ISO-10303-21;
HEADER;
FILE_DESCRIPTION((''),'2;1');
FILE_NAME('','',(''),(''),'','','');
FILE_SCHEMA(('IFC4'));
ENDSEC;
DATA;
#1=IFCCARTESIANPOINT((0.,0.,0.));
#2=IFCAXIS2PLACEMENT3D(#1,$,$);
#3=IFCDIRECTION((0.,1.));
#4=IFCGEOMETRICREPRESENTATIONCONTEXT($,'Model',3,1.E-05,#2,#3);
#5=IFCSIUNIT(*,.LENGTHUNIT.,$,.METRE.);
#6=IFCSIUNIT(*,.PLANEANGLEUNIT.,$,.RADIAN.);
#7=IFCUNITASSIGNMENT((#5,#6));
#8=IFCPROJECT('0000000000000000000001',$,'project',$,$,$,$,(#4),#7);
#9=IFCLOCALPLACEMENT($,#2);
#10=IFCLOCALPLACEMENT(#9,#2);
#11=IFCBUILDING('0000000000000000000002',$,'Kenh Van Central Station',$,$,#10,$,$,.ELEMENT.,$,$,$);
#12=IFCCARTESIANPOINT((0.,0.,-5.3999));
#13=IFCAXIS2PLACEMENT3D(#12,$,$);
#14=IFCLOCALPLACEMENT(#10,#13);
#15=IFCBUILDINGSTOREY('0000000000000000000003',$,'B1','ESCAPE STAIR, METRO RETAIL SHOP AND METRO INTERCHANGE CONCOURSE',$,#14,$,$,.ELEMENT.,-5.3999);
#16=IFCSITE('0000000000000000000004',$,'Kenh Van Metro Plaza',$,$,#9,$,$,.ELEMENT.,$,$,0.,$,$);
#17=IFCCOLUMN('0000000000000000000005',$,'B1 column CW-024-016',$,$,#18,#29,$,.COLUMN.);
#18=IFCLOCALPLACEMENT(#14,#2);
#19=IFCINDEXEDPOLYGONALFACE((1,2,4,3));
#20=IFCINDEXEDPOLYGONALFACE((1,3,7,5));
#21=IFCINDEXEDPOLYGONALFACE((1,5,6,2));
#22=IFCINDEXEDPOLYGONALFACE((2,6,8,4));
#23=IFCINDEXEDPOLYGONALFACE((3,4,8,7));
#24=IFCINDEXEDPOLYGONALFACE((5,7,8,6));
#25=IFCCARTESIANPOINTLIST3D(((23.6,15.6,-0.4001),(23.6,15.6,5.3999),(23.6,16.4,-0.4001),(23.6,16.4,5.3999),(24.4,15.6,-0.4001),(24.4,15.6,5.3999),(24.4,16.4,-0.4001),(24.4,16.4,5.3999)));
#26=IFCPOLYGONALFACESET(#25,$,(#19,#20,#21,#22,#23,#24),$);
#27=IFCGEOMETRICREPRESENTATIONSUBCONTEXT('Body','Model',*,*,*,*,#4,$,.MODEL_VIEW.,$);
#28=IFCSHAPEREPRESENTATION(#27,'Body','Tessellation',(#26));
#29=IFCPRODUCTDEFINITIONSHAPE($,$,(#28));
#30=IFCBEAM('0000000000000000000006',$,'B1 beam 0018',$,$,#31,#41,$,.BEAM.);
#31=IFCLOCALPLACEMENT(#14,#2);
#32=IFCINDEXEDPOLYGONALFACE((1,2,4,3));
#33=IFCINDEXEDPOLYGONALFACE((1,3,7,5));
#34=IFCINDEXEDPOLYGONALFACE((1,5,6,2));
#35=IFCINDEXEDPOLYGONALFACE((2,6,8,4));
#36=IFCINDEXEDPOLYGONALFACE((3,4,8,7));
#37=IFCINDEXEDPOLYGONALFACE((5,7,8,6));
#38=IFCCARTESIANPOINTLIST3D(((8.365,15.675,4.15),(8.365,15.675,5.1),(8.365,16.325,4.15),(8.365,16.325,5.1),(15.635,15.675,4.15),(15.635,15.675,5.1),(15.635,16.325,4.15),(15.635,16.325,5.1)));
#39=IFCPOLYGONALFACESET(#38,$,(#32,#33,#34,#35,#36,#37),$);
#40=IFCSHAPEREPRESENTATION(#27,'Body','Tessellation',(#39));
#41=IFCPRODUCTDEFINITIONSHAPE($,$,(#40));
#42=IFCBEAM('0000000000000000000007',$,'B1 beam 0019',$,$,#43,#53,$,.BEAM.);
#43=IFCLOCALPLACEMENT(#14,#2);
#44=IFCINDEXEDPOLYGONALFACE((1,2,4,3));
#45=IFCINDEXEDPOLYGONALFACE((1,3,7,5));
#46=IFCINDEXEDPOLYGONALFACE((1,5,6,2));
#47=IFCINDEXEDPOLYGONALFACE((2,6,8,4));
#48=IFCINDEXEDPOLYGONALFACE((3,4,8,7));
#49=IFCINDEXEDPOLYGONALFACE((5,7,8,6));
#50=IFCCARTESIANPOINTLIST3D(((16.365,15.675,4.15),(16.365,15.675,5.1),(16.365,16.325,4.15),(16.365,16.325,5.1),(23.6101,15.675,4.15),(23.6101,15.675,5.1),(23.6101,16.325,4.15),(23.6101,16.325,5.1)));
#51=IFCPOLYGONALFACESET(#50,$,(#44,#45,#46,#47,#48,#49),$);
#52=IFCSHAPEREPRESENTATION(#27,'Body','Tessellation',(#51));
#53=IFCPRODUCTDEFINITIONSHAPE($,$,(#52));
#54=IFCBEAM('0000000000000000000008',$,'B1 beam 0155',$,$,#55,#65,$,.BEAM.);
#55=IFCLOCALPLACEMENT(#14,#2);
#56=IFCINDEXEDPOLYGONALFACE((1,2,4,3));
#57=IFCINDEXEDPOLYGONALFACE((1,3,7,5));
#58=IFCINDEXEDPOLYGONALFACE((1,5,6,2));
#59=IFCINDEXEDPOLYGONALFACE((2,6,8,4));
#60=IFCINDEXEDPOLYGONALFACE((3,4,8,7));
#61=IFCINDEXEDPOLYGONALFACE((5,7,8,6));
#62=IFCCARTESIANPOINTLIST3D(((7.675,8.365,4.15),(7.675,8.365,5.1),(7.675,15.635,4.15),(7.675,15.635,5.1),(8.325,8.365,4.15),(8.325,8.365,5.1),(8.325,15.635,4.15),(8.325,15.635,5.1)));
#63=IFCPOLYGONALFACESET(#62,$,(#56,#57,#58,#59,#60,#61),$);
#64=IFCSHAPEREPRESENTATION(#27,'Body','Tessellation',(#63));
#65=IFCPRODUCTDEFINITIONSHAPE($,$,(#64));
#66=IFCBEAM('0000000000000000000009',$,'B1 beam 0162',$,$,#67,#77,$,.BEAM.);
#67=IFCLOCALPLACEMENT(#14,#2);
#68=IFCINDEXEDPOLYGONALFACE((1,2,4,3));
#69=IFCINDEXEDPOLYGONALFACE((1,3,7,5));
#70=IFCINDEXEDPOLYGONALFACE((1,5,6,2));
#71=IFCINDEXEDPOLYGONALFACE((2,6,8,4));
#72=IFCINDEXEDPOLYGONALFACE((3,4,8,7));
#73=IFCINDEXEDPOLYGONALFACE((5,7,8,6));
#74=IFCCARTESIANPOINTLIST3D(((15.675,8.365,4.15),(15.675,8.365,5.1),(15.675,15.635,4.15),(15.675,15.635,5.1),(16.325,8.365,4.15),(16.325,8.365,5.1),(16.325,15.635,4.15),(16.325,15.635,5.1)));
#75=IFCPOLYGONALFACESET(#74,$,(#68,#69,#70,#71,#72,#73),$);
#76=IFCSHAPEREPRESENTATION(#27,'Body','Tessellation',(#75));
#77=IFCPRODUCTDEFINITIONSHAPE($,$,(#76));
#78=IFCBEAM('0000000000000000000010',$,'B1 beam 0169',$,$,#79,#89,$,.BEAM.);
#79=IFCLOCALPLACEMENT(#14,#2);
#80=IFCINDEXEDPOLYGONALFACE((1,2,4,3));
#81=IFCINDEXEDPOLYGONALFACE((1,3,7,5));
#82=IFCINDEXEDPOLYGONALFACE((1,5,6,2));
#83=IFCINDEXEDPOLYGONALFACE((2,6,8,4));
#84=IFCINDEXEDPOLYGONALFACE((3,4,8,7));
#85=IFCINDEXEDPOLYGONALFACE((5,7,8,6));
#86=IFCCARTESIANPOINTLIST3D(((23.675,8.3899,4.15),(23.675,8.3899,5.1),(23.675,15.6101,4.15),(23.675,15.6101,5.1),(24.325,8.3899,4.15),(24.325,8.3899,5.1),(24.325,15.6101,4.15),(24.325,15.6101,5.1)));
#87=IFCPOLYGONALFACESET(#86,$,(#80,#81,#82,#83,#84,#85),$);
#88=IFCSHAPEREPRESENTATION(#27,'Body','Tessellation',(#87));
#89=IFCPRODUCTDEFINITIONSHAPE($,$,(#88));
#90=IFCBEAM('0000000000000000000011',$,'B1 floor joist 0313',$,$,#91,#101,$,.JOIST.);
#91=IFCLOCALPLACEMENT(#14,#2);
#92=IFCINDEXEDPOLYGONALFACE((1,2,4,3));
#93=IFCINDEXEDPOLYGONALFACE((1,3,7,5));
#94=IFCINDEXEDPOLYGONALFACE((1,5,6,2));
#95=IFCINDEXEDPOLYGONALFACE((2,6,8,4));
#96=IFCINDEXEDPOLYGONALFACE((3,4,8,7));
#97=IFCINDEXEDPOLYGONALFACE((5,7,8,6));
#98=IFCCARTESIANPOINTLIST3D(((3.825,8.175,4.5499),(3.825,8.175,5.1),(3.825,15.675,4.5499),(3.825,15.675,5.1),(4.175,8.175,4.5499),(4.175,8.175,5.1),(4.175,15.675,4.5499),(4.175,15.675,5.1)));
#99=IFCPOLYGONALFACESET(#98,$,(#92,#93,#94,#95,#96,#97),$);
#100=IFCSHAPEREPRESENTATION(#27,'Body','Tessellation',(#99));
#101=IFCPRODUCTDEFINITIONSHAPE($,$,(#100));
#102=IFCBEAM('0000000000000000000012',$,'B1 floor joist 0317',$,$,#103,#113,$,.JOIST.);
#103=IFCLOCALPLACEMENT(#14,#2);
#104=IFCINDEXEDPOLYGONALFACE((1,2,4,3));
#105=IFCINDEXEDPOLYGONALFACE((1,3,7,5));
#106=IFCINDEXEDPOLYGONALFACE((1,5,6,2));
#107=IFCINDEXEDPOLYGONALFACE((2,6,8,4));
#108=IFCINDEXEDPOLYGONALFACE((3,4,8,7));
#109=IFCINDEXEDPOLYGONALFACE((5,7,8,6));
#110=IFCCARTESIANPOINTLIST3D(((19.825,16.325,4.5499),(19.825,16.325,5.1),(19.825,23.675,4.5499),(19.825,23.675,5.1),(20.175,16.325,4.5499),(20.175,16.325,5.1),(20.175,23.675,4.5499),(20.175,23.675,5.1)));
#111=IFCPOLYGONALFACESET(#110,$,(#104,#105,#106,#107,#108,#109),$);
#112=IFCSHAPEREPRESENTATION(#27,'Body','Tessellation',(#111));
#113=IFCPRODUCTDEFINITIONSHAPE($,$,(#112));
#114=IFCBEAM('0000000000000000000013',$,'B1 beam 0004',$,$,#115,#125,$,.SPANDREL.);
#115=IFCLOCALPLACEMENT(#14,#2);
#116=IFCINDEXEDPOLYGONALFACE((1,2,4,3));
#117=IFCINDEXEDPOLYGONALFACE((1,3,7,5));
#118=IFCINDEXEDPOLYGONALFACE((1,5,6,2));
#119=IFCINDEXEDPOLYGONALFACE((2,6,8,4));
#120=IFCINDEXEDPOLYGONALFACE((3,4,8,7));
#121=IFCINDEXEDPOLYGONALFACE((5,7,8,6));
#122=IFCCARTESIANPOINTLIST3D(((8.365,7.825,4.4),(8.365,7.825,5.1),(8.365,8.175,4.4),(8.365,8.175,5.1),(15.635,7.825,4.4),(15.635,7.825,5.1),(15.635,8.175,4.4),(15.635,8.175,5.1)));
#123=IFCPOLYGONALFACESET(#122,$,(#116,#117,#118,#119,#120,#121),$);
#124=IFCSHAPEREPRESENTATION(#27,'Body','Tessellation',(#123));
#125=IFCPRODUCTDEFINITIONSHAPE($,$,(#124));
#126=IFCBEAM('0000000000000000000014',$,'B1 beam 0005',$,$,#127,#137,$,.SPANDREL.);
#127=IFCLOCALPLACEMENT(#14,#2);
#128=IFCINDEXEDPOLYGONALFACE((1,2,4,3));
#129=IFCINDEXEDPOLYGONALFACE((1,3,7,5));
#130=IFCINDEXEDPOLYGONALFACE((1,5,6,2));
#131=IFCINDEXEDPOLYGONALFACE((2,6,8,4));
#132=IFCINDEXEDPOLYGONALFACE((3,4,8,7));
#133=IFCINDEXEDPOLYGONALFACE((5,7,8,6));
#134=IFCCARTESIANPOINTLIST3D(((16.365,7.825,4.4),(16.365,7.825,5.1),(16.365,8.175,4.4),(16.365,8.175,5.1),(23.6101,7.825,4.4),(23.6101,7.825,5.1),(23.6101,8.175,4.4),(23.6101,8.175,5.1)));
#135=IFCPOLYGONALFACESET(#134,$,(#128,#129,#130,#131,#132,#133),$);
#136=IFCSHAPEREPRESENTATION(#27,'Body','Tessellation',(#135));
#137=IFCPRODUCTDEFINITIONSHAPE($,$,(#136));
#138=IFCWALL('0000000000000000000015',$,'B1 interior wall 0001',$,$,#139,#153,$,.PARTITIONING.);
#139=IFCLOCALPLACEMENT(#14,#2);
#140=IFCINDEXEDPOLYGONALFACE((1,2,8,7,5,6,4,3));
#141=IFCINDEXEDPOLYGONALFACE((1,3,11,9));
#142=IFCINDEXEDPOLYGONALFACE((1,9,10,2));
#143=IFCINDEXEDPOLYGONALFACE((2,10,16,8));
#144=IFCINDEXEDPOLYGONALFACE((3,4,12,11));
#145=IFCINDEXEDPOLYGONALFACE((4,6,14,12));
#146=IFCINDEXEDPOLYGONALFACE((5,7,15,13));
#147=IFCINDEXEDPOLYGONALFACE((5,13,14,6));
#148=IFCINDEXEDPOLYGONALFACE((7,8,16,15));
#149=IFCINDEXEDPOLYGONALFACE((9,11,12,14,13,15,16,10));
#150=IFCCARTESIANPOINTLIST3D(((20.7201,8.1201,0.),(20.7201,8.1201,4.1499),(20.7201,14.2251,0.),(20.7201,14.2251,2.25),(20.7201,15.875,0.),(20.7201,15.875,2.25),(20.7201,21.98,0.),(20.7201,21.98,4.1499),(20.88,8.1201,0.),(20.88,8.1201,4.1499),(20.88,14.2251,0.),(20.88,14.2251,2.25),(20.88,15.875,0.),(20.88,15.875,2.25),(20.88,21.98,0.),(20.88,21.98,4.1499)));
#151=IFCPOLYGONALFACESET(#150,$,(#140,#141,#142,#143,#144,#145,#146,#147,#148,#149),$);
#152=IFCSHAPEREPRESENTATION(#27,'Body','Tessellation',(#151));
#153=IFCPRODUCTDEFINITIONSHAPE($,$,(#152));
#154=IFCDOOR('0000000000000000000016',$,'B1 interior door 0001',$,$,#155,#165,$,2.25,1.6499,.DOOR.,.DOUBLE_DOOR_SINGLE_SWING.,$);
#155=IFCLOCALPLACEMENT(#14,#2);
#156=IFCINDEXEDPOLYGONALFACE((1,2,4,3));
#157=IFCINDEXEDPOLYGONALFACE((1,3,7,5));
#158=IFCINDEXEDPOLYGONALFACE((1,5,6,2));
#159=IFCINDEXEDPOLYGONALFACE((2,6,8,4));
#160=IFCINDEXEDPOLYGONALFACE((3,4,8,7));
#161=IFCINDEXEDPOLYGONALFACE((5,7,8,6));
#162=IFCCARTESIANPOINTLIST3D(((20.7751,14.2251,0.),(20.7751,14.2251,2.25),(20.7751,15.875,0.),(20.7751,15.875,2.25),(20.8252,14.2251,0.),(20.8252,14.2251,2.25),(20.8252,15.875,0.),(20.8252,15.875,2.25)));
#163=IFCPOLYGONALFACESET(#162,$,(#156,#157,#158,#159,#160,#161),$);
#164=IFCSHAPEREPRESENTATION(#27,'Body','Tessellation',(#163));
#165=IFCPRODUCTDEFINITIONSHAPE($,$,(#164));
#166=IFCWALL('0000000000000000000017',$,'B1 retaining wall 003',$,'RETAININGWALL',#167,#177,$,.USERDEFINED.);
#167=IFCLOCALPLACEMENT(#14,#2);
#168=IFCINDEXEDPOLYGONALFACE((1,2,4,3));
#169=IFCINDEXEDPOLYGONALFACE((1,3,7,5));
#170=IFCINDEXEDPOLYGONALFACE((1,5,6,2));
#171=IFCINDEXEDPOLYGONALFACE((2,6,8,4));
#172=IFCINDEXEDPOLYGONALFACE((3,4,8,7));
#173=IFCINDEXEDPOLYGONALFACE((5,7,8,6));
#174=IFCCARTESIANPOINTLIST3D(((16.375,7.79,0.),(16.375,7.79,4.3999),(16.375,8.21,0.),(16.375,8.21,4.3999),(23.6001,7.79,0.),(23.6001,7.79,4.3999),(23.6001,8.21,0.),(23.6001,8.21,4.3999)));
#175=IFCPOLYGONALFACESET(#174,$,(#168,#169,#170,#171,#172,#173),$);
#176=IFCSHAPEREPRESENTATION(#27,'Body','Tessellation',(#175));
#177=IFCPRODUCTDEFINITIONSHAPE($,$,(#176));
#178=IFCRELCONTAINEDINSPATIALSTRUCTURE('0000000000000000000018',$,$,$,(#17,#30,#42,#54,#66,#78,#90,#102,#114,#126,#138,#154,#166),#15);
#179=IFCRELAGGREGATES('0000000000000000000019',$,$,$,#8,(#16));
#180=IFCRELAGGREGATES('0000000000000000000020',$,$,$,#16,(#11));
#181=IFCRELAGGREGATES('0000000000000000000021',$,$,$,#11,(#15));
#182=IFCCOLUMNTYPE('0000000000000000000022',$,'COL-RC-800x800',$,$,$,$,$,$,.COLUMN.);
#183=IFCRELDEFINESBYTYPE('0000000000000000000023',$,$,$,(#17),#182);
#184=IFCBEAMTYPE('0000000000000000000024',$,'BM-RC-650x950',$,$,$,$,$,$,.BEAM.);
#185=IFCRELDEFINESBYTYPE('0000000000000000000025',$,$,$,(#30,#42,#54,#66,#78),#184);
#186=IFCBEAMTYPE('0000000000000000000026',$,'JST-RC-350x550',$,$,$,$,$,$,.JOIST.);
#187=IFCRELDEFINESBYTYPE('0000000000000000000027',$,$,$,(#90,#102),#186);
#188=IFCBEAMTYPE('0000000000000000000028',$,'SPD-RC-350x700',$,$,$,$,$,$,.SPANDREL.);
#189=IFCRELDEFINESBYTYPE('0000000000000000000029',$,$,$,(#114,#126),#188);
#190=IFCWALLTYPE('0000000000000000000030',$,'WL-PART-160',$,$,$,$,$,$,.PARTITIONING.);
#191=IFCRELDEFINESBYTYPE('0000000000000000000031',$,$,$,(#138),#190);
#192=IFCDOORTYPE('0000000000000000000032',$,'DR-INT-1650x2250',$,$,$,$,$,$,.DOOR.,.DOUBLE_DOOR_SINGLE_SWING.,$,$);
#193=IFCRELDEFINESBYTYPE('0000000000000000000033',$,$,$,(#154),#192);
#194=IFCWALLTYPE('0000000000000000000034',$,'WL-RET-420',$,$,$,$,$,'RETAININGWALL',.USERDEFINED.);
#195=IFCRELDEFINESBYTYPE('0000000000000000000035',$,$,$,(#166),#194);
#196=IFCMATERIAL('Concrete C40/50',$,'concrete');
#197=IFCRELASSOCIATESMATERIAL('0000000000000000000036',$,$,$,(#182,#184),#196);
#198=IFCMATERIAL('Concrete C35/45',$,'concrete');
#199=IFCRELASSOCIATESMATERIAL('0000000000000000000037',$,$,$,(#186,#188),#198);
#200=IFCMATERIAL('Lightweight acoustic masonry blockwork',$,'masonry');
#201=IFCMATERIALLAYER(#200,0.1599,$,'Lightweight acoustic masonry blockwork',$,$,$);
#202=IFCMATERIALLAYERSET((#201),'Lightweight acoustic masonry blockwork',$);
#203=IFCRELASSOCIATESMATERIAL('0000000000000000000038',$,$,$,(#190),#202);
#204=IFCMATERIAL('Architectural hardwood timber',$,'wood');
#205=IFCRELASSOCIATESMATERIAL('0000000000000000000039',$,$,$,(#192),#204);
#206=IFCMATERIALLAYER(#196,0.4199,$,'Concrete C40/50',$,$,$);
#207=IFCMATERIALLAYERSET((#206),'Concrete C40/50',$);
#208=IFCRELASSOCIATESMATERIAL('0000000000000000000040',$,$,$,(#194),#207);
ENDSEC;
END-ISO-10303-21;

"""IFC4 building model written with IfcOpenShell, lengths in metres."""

from ifc_helpers import new_model, si_unit, direction, frame, frame_2d, origin, origin_2d, place, context, subcontext, project, spatial, rectangle, extrude, material, layer, layer_set, material_profile, profile_set, type_object, element, fill, save


model = new_model("IFC4")

# Units and contexts
model_context = context("Model", 3, precision=1e-05, world=origin(), true_north=direction((0.0, 1.0)))
body_context = subcontext(model_context, "Body", "Model", "MODEL_VIEW")
ifc_project = project(units=[si_unit("LENGTHUNIT", "METRE"), si_unit("PLANEANGLEUNIT", "RADIAN")], contexts=[model_context])

# Site, building, storey
site_placement = place(None, origin())
site = spatial("IfcSite", under=ifc_project, at=site_placement, Name="Kenh Van Metro Plaza", CompositionType="ELEMENT", RefElevation=0.0)
building_placement = place(site_placement, origin())
building = spatial("IfcBuilding", under=site, at=building_placement, Name="Kenh Van Central Station", CompositionType="ELEMENT")
storey_placement = place(building_placement, frame((0.0, 0.0, -5.3999)))
storey = spatial("IfcBuildingStorey", under=building, at=storey_placement, Name="B1", Description="ESCAPE STAIR, METRO RETAIL SHOP AND METRO INTERCHANGE CONCOURSE", CompositionType="ELEMENT", Elevation=-5.3999)

# Shared definitions
ifc_material_1 = material(Name="Concrete C40/50", Category="concrete")

# Column
ifc_material_profile_1 = material_profile(ifc_material_1, rectangle(XDim=0.8, YDim=0.8, at=origin_2d()), Name="RC 800x800")
ifc_profile_set_1 = profile_set([ifc_material_profile_1], Name="Concrete C40/50")
column_type_1 = type_object("IfcColumnType", Name="COL-RC-800x800", PredefinedType="COLUMN", material=ifc_profile_set_1)
for number, where, z_axis, x_axis, name in (
    (1, (24.0, 16.0, -0.4001), (0.0, 0.0, 1.0), (1.0, 0.0, 0.0), "B1 column CW-024-016"),
):
    element("IfcColumn", number, at=place(storey_placement, frame(where, z_axis=z_axis, x_axis=x_axis)), inside=storey, type_object=column_type_1, Name=name, PredefinedType="COLUMN", context=body_context, shape_type="SweptSolid", body=[
        extrude(rectangle(XDim=0.8, YDim=0.8, at=origin_2d()), origin(), (0.0, 0.0, 1.0), 5.8),
    ])

# Beams
ifc_material_profile_2 = material_profile(ifc_material_1, rectangle(XDim=0.6499, YDim=0.95, at=origin_2d()), Name="RC 650x950")
ifc_profile_set_2 = profile_set([ifc_material_profile_2], Name="Concrete C40/50")
beam_type_1 = type_object("IfcBeamType", Name="BM-RC-650x950", PredefinedType="BEAM", material=ifc_profile_set_2)
beam_1_placement = place(storey_placement, frame((8.365, 16.0, 4.625), z_axis=(1.0, 0.0, 0.0), x_axis=(0.0, 1.0, 0.0)))
element("IfcBeam", 2, at=beam_1_placement, inside=storey, type_object=beam_type_1, Name="B1 beam 0018", PredefinedType="BEAM", context=body_context, shape_type="SweptSolid", body=[
    extrude(rectangle(XDim=0.6499, YDim=0.95, at=origin_2d()), origin(), (0.0, 0.0, 1.0), 7.27),
])
beam_2_placement = place(storey_placement, frame((16.365, 16.0, 4.625), z_axis=(1.0, 0.0, 0.0), x_axis=(0.0, 1.0, 0.0)))
element("IfcBeam", 3, at=beam_2_placement, inside=storey, type_object=beam_type_1, Name="B1 beam 0019", PredefinedType="BEAM", context=body_context, shape_type="SweptSolid", body=[
    extrude(rectangle(XDim=0.6499, YDim=0.95, at=origin_2d()), origin(), (0.0, 0.0, 1.0), 7.2451),
])
for number, where, z_axis, x_axis, name in (
    (4, (8.0, 8.365, 4.625), (0.0, 1.0, 0.0), (-1.0, 0.0, 0.0), "B1 beam 0155"),
    (5, (16.0, 8.365, 4.625), (0.0, 1.0, 0.0), (-1.0, 0.0, 0.0), "B1 beam 0162"),
):
    element("IfcBeam", number, at=place(storey_placement, frame(where, z_axis=z_axis, x_axis=x_axis)), inside=storey, type_object=beam_type_1, Name=name, PredefinedType="BEAM", context=body_context, shape_type="SweptSolid", body=[
        extrude(rectangle(XDim=0.6499, YDim=0.95, at=origin_2d()), origin(), (0.0, 0.0, 1.0), 7.27),
    ])
beam_3_placement = place(storey_placement, frame((24.0, 8.3899, 4.625), z_axis=(0.0, 1.0, 0.0), x_axis=(-1.0, 0.0, 0.0)))
element("IfcBeam", 6, at=beam_3_placement, inside=storey, type_object=beam_type_1, Name="B1 beam 0169", PredefinedType="BEAM", context=body_context, shape_type="SweptSolid", body=[
    extrude(rectangle(XDim=0.6499, YDim=0.95, at=origin_2d()), origin(), (0.0, 0.0, 1.0), 7.2202),
])
ifc_material_2 = material(Name="Concrete C35/45", Category="concrete")
ifc_material_profile_3 = material_profile(ifc_material_2, rectangle(XDim=0.3501, YDim=0.55, at=origin_2d()), Name="RC 350x550")
ifc_profile_set_3 = profile_set([ifc_material_profile_3], Name="Concrete C35/45")
beam_type_2 = type_object("IfcBeamType", Name="JST-RC-350x550", PredefinedType="JOIST", material=ifc_profile_set_3)
beam_4_placement = place(storey_placement, frame((4.0, 8.175, 4.825), z_axis=(0.0, 1.0, 0.0), x_axis=(-1.0, 0.0, 0.0)))
element("IfcBeam", 7, at=beam_4_placement, inside=storey, type_object=beam_type_2, Name="B1 floor joist 0313", PredefinedType="JOIST", context=body_context, shape_type="SweptSolid", body=[
    extrude(rectangle(XDim=0.3501, YDim=0.55, at=origin_2d()), origin(), (0.0, 0.0, 1.0), 7.5),
])
beam_5_placement = place(storey_placement, frame((20.0, 16.325, 4.825), z_axis=(0.0, 1.0, 0.0), x_axis=(-1.0, 0.0, 0.0)))
element("IfcBeam", 8, at=beam_5_placement, inside=storey, type_object=beam_type_2, Name="B1 floor joist 0317", PredefinedType="JOIST", context=body_context, shape_type="SweptSolid", body=[
    extrude(rectangle(XDim=0.3501, YDim=0.55, at=origin_2d()), origin(), (0.0, 0.0, 1.0), 7.3501),
])
ifc_material_profile_4 = material_profile(ifc_material_2, rectangle(XDim=0.3501, YDim=0.7, at=origin_2d()), Name="RC 350x700")
ifc_profile_set_4 = profile_set([ifc_material_profile_4], Name="Concrete C35/45")
beam_type_3 = type_object("IfcBeamType", Name="SPD-RC-350x700", PredefinedType="SPANDREL", material=ifc_profile_set_4)
beam_6_placement = place(storey_placement, frame((8.365, 8.0, 4.75), z_axis=(1.0, 0.0, 0.0), x_axis=(0.0, 1.0, 0.0)))
element("IfcBeam", 9, at=beam_6_placement, inside=storey, type_object=beam_type_3, Name="B1 beam 0004", PredefinedType="SPANDREL", context=body_context, shape_type="SweptSolid", body=[
    extrude(rectangle(XDim=0.3501, YDim=0.7, at=origin_2d()), origin(), (0.0, 0.0, 1.0), 7.27),
])
beam_7_placement = place(storey_placement, frame((16.365, 8.0, 4.75), z_axis=(1.0, 0.0, 0.0), x_axis=(0.0, 1.0, 0.0)))
element("IfcBeam", 10, at=beam_7_placement, inside=storey, type_object=beam_type_3, Name="B1 beam 0005", PredefinedType="SPANDREL", context=body_context, shape_type="SweptSolid", body=[
    extrude(rectangle(XDim=0.3501, YDim=0.7, at=origin_2d()), origin(), (0.0, 0.0, 1.0), 7.2451),
])

# Wall, opening, door
ifc_material_3 = material(Name="Lightweight acoustic masonry blockwork", Category="masonry")
ifc_layer_1 = layer(ifc_material_3, 0.1599, Name="Lightweight acoustic masonry blockwork")
ifc_layer_set_1 = layer_set([ifc_layer_1], Name="Lightweight acoustic masonry blockwork")
wall_type_1 = type_object("IfcWallType", Name="WL-PART-160", PredefinedType="PARTITIONING", material=ifc_layer_set_1)
wall_1_placement = place(storey_placement, frame((20.8, 8.1201, 0.0), z_axis=(0.0, 0.0, 1.0), x_axis=(0.0, 1.0, 0.0)))
wall_1 = element("IfcWall", 11, at=wall_1_placement, inside=storey, type_object=wall_type_1, Name="B1 interior wall 0001", PredefinedType="PARTITIONING", context=body_context, shape_type="SweptSolid", body=[
    extrude(rectangle(XDim=13.8599, YDim=0.1599, at=frame_2d((6.9299, 0.0))), origin(), (0.0, 0.0, 1.0), 4.1499),
])
opening_placement = place(wall_1_placement, frame((6.105, 0.0, 0.0)))
opening = element("IfcOpeningElement", 12, at=opening_placement, cuts=wall_1, PredefinedType="OPENING", context=body_context, shape_type="SweptSolid", body=[
    extrude(rectangle(XDim=1.6499, YDim=2.25, at=frame_2d((0.825, 1.125))), frame((0.0, 0.0898, 0.0), z_axis=(0.0, -1.0, 0.0), x_axis=(1.0, 0.0, 0.0)), (0.0, 0.0, 1.0), 0.1799),
])
ifc_material_4 = material(Name="Architectural hardwood timber", Category="wood")
door_type = type_object("IfcDoorType", Name="DR-INT-1650x2250", OperationType="DOUBLE_DOOR_SINGLE_SWING", PredefinedType="DOOR", material=ifc_material_4)
door_placement = place(opening_placement, origin())
door = element("IfcDoor", 13, at=door_placement, inside=storey, type_object=door_type, Name="B1 interior door 0001", OperationType="DOUBLE_DOOR_SINGLE_SWING", OverallHeight=2.25, OverallWidth=1.6499, PredefinedType="DOOR", context=body_context, shape_type="SweptSolid", body=[
    extrude(rectangle(XDim=1.6499, YDim=2.25, at=frame_2d((0.825, 1.125))), frame((0.0, 0.0249, 0.0), z_axis=(0.0, -1.0, 0.0), x_axis=(1.0, 0.0, 0.0)), (0.0, 0.0, 1.0), 0.05),
])
fill(opening, door)

# Wall
ifc_layer_2 = layer(ifc_material_1, 0.4199, Name="Concrete C40/50")
ifc_layer_set_2 = layer_set([ifc_layer_2], Name="Concrete C40/50")
wall_type_2 = type_object("IfcWallType", Name="WL-RET-420", ElementType="RETAININGWALL", PredefinedType="USERDEFINED", material=ifc_layer_set_2)
wall_2_placement = place(storey_placement, frame((16.375, 8.0, 0.0), z_axis=(0.0, 0.0, 1.0), x_axis=(1.0, 0.0, 0.0)))
element("IfcWall", 14, at=wall_2_placement, inside=storey, type_object=wall_type_2, Name="B1 retaining wall 003", ObjectType="RETAININGWALL", PredefinedType="USERDEFINED", context=body_context, shape_type="SweptSolid", body=[
    extrude(rectangle(XDim=7.2251, YDim=0.4199, at=frame_2d((3.6125, 0.0))), origin(), (0.0, 0.0, 1.0), 4.3999),
])

save(model, "model.ifc")
